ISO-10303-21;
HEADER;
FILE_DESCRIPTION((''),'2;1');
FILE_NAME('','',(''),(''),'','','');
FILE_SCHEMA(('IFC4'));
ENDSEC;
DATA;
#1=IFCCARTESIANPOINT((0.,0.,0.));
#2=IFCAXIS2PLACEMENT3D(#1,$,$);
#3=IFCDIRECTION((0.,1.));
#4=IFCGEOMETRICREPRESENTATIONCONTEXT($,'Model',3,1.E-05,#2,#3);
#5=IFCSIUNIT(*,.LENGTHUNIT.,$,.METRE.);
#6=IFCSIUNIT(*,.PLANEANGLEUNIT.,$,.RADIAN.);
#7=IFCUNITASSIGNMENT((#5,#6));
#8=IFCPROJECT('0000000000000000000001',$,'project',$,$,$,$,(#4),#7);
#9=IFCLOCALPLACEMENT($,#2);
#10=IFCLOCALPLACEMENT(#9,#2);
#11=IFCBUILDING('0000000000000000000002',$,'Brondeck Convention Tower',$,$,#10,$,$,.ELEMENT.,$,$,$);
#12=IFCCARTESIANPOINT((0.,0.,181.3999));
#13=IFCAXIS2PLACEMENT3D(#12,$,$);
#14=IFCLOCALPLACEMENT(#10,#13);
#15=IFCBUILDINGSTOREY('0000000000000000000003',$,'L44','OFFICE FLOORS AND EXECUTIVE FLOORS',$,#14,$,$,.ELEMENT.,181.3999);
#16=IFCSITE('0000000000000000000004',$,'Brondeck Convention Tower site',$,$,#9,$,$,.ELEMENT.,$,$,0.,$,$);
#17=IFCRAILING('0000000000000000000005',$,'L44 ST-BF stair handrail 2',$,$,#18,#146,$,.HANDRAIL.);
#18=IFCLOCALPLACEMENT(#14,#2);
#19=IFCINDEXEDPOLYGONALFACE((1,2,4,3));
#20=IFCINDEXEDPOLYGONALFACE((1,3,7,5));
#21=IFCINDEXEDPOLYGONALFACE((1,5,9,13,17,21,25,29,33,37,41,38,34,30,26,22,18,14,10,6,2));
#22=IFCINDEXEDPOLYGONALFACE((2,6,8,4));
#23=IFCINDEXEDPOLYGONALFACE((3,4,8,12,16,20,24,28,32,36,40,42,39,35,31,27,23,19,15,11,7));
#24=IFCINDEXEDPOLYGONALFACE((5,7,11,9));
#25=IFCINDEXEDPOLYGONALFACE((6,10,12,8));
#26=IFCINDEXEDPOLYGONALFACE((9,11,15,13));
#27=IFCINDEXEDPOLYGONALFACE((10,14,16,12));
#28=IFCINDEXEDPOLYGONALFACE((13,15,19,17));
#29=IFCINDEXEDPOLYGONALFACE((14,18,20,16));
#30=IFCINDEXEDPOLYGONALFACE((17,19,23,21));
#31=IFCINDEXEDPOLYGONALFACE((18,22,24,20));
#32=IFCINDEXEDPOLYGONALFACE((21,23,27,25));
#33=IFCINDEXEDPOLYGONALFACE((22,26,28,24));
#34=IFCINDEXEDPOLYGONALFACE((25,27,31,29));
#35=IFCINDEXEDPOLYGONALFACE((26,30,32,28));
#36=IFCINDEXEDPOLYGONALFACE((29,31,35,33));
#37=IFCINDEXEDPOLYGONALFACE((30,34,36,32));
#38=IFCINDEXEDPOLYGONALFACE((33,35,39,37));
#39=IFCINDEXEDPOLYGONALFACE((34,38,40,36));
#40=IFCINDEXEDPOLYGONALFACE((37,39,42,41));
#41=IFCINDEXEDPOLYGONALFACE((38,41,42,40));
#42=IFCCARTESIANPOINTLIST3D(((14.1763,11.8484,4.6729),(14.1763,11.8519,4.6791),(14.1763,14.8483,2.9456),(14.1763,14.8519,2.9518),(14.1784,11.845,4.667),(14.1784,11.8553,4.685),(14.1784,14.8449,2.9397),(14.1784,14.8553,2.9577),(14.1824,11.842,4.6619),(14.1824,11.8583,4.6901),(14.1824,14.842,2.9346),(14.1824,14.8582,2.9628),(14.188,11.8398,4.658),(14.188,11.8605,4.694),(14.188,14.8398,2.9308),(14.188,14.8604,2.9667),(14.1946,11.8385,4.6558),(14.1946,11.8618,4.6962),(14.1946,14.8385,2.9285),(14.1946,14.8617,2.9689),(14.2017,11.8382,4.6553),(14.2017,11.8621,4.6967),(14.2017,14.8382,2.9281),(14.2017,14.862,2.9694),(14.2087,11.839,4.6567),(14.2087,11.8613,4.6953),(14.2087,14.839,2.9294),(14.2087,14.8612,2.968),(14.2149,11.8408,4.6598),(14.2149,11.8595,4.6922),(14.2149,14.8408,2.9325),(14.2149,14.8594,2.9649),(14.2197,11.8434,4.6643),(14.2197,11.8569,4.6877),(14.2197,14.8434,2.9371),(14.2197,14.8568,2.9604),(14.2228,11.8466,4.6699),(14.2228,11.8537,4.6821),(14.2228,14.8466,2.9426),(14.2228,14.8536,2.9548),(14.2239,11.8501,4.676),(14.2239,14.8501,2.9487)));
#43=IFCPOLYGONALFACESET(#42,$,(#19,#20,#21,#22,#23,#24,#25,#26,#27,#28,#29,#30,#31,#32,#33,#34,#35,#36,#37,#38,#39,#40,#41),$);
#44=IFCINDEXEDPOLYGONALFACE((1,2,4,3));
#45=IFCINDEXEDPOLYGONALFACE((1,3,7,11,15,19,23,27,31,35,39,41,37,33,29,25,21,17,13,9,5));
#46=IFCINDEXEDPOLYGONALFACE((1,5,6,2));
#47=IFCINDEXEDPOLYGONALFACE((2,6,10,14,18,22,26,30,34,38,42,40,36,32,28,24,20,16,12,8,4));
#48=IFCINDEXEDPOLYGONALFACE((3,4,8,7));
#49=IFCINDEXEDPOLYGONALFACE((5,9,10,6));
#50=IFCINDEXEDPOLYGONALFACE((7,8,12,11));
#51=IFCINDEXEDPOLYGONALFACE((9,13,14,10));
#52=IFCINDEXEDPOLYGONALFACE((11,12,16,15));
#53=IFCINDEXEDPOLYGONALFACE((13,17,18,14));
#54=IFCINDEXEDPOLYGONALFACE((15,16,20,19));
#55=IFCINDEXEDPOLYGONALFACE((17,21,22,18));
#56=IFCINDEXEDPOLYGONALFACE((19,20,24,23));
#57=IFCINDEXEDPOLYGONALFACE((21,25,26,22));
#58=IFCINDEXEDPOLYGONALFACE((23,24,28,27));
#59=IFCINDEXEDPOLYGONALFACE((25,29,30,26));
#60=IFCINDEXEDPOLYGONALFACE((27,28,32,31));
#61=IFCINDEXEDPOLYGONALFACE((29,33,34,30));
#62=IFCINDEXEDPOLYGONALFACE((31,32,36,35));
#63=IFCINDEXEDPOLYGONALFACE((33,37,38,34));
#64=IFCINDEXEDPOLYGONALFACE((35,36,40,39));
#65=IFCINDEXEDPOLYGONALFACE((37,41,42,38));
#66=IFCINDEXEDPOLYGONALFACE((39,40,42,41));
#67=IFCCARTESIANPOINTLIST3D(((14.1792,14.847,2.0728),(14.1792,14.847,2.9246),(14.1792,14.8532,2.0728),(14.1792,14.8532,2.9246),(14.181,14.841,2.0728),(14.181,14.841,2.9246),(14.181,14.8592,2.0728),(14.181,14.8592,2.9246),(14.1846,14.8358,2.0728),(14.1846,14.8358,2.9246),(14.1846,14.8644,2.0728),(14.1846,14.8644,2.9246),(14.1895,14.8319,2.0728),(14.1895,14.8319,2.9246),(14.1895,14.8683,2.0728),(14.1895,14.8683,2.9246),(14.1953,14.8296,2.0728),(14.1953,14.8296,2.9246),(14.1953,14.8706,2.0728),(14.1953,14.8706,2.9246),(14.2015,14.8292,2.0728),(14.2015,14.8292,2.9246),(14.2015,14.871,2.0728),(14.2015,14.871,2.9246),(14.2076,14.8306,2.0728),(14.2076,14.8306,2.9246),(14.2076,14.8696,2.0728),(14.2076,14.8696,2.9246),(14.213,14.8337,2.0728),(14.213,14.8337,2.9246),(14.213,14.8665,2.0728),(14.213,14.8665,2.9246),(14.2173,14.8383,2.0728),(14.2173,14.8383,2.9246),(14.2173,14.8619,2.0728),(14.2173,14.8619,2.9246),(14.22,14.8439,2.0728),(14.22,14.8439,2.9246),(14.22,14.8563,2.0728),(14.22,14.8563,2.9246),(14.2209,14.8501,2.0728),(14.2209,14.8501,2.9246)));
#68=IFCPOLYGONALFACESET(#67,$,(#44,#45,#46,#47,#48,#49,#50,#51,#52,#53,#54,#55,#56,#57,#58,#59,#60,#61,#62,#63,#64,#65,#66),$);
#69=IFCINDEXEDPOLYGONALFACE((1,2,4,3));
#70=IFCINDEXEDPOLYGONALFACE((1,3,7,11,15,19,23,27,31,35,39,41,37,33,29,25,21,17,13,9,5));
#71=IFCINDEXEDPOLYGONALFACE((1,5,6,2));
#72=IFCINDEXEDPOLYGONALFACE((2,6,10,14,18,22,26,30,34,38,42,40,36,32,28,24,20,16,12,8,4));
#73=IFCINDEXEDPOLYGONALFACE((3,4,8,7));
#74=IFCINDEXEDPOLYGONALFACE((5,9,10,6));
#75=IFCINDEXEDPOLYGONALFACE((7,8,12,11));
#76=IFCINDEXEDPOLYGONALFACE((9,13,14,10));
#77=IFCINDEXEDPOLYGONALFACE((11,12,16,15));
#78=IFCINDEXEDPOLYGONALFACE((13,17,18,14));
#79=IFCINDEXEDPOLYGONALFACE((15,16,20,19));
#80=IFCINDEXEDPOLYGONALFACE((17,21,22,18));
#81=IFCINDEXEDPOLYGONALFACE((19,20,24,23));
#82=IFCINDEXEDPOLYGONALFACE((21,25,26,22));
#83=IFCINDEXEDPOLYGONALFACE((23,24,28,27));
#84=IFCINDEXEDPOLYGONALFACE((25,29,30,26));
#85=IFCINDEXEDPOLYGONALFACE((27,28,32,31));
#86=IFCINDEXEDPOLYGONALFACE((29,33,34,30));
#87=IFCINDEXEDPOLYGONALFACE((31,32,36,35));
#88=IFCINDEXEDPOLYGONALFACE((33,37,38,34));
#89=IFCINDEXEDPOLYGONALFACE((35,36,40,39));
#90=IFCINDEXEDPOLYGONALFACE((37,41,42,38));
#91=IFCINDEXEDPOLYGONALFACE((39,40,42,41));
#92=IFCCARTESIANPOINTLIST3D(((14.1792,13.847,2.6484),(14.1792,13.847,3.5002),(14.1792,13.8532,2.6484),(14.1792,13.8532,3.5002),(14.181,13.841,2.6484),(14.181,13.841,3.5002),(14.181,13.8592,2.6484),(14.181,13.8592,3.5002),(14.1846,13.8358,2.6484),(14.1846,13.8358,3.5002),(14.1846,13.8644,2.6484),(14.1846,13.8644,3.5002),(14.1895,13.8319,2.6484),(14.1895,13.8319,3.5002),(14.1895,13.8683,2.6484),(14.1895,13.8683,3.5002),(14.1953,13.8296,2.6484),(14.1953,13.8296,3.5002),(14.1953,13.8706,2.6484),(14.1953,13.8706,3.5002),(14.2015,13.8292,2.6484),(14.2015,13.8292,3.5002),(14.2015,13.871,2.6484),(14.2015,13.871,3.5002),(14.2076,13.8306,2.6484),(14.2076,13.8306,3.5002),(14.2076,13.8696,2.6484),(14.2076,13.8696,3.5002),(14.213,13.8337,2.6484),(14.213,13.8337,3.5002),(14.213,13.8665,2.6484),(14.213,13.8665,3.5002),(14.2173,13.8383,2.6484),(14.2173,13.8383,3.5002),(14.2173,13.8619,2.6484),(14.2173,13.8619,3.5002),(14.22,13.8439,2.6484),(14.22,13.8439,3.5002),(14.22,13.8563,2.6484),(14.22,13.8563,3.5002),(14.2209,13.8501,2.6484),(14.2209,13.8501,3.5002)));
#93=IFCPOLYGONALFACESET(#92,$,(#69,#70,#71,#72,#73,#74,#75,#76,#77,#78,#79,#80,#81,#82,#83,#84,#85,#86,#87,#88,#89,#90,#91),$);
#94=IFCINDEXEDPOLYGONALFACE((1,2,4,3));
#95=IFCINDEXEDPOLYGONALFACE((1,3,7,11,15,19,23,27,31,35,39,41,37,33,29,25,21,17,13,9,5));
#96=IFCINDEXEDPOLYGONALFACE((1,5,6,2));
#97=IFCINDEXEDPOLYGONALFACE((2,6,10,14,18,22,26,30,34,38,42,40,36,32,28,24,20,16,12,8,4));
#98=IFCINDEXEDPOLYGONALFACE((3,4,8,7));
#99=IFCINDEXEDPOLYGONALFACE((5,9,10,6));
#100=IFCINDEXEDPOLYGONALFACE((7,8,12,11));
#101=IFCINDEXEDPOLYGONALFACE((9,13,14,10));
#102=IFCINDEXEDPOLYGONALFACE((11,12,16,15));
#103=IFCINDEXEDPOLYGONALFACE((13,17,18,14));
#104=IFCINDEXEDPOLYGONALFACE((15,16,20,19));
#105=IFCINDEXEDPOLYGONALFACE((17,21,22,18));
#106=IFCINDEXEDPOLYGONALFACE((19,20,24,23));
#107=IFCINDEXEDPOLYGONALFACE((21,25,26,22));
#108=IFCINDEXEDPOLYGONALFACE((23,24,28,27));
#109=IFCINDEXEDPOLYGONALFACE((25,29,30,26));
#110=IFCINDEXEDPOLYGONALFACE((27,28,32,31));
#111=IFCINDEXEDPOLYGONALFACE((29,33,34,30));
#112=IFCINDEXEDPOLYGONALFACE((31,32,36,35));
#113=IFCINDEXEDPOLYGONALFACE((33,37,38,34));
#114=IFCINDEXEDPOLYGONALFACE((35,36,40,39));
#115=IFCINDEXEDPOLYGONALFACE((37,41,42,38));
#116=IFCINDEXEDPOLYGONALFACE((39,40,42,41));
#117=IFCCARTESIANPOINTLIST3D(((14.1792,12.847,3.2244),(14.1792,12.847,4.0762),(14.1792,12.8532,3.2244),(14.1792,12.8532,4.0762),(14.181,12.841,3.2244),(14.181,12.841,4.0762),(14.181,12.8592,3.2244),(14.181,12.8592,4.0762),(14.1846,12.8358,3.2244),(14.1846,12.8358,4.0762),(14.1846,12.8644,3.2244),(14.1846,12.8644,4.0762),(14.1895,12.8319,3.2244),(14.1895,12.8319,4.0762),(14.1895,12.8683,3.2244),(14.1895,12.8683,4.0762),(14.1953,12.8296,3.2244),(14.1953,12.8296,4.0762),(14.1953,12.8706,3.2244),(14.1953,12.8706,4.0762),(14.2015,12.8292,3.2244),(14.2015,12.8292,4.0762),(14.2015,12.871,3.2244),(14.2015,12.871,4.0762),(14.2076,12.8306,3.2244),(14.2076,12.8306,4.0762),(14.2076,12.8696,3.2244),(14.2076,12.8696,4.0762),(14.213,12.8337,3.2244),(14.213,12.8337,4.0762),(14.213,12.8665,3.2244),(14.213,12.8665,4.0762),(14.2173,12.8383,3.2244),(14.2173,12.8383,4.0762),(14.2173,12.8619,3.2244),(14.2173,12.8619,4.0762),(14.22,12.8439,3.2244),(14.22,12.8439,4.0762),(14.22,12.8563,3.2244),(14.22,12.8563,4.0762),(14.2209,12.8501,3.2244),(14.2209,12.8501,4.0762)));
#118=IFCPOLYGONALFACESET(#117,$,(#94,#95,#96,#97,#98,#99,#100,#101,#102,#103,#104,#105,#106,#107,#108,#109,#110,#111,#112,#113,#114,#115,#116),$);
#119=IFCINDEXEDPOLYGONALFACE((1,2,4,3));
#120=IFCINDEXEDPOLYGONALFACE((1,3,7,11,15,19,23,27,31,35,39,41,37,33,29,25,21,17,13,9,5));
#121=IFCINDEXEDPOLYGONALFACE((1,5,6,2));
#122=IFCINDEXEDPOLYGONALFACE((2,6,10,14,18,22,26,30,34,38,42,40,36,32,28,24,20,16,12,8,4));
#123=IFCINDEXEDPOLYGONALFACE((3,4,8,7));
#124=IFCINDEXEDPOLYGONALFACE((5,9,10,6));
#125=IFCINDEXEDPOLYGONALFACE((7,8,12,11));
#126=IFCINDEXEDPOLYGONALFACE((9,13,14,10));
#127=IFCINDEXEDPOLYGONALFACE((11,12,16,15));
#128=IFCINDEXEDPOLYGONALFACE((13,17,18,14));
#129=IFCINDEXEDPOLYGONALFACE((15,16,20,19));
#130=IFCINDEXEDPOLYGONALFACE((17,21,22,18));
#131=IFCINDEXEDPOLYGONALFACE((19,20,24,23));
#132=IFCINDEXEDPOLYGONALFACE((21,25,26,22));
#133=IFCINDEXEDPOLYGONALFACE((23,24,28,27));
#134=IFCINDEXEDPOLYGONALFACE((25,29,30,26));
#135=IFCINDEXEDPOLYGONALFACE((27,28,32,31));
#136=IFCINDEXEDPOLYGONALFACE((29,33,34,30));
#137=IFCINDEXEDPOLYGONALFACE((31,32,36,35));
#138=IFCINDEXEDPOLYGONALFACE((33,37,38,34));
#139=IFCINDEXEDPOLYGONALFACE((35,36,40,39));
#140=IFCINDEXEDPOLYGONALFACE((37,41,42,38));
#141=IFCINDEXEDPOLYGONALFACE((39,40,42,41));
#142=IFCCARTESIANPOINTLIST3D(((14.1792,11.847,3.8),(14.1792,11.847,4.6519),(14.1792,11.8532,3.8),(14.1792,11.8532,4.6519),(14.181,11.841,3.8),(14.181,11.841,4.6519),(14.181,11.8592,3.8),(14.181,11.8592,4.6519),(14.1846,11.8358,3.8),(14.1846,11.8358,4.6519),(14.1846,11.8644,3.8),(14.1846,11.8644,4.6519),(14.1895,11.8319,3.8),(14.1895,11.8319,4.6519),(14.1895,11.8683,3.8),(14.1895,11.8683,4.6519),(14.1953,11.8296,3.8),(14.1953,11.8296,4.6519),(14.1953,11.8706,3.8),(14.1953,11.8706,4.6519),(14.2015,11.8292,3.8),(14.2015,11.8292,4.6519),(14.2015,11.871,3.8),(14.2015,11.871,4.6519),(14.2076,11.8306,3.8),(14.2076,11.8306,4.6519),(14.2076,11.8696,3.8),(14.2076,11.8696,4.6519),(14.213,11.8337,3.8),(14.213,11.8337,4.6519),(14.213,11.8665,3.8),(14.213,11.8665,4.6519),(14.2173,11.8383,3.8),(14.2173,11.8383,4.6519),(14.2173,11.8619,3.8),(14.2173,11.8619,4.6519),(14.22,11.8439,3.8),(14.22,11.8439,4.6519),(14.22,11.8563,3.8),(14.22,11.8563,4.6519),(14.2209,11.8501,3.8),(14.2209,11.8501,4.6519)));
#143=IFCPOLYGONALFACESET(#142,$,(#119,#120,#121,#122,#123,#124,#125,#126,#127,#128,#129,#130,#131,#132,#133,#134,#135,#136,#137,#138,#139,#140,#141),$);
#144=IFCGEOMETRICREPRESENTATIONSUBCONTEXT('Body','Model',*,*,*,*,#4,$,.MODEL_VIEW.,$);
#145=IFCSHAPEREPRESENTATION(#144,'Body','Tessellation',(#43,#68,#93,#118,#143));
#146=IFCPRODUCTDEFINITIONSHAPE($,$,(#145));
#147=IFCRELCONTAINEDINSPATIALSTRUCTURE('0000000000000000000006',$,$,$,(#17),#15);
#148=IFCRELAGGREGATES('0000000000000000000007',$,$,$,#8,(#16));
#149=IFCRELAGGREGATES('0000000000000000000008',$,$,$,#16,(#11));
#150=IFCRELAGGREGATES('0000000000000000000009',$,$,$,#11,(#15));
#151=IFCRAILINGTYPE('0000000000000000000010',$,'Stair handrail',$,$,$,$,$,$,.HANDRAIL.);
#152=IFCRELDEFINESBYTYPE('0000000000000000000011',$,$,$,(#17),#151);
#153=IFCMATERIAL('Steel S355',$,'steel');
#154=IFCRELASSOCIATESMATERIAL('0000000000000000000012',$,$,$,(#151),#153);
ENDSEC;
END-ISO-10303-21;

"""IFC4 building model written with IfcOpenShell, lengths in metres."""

from ifc_helpers import new_model, si_unit, direction, frame, origin, origin_2d, place, context, subcontext, project, spatial, circle, extrude, material, type_object, element, save


model = new_model("IFC4")

# Units and contexts
model_context = context("Model", 3, precision=1e-05, world=origin(), true_north=direction((0.0, 1.0)))
body_context = subcontext(model_context, "Body", "Model", "MODEL_VIEW")
ifc_project = project(units=[si_unit("LENGTHUNIT", "METRE"), si_unit("PLANEANGLEUNIT", "RADIAN")], contexts=[model_context])

# Site, building, storey
site_placement = place(None, origin())
site = spatial("IfcSite", under=ifc_project, at=site_placement, Name="Brondeck Convention Tower site", CompositionType="ELEMENT", RefElevation=0.0)
building_placement = place(site_placement, origin())
building = spatial("IfcBuilding", under=site, at=building_placement, Name="Brondeck Convention Tower", CompositionType="ELEMENT")
storey_placement = place(building_placement, frame((0.0, 0.0, 181.3999)))
storey = spatial("IfcBuildingStorey", under=building, at=storey_placement, Name="L44", Description="OFFICE FLOORS AND EXECUTIVE FLOORS", CompositionType="ELEMENT", Elevation=181.3999)

# Shared definitions
ifc_material_1 = material(Name="Steel S355", Category="steel")

# Railing
railing_type_1 = type_object("IfcRailingType", Name="Stair handrail", PredefinedType="HANDRAIL", material=ifc_material_1)
railing_1_placement = place(storey_placement, frame((14.2, 14.8501, 2.0728)))
element("IfcRailing", 1, at=railing_1_placement, inside=storey, type_object=railing_type_1, Name="L44 ST-BF stair handrail 2", PredefinedType="HANDRAIL", context=body_context, shape_type="SweptSolid", body=[
    extrude(circle(Radius=0.0239, at=origin_2d()), frame((0.0, 0.0, 0.876), z_axis=(0.0, -0.86662, 0.498969), x_axis=(1.0, 0.0, 0.0)), (0.0, 0.0, 1.0), 3.4617),
    extrude(circle(Radius=0.021, at=origin_2d()), origin(), (0.0, 0.0, 1.0), 0.8518),
    extrude(circle(Radius=0.021, at=origin_2d()), frame((0.0, -1.0, 0.5757)), (0.0, 0.0, 1.0), 0.8518),
    extrude(circle(Radius=0.021, at=origin_2d()), frame((0.0, -2.0, 1.1516)), (0.0, 0.0, 1.0), 0.8518),
    extrude(circle(Radius=0.021, at=origin_2d()), frame((0.0, -3.0, 1.7273)), (0.0, 0.0, 1.0), 0.8518),
])

save(model, "model.ifc")
